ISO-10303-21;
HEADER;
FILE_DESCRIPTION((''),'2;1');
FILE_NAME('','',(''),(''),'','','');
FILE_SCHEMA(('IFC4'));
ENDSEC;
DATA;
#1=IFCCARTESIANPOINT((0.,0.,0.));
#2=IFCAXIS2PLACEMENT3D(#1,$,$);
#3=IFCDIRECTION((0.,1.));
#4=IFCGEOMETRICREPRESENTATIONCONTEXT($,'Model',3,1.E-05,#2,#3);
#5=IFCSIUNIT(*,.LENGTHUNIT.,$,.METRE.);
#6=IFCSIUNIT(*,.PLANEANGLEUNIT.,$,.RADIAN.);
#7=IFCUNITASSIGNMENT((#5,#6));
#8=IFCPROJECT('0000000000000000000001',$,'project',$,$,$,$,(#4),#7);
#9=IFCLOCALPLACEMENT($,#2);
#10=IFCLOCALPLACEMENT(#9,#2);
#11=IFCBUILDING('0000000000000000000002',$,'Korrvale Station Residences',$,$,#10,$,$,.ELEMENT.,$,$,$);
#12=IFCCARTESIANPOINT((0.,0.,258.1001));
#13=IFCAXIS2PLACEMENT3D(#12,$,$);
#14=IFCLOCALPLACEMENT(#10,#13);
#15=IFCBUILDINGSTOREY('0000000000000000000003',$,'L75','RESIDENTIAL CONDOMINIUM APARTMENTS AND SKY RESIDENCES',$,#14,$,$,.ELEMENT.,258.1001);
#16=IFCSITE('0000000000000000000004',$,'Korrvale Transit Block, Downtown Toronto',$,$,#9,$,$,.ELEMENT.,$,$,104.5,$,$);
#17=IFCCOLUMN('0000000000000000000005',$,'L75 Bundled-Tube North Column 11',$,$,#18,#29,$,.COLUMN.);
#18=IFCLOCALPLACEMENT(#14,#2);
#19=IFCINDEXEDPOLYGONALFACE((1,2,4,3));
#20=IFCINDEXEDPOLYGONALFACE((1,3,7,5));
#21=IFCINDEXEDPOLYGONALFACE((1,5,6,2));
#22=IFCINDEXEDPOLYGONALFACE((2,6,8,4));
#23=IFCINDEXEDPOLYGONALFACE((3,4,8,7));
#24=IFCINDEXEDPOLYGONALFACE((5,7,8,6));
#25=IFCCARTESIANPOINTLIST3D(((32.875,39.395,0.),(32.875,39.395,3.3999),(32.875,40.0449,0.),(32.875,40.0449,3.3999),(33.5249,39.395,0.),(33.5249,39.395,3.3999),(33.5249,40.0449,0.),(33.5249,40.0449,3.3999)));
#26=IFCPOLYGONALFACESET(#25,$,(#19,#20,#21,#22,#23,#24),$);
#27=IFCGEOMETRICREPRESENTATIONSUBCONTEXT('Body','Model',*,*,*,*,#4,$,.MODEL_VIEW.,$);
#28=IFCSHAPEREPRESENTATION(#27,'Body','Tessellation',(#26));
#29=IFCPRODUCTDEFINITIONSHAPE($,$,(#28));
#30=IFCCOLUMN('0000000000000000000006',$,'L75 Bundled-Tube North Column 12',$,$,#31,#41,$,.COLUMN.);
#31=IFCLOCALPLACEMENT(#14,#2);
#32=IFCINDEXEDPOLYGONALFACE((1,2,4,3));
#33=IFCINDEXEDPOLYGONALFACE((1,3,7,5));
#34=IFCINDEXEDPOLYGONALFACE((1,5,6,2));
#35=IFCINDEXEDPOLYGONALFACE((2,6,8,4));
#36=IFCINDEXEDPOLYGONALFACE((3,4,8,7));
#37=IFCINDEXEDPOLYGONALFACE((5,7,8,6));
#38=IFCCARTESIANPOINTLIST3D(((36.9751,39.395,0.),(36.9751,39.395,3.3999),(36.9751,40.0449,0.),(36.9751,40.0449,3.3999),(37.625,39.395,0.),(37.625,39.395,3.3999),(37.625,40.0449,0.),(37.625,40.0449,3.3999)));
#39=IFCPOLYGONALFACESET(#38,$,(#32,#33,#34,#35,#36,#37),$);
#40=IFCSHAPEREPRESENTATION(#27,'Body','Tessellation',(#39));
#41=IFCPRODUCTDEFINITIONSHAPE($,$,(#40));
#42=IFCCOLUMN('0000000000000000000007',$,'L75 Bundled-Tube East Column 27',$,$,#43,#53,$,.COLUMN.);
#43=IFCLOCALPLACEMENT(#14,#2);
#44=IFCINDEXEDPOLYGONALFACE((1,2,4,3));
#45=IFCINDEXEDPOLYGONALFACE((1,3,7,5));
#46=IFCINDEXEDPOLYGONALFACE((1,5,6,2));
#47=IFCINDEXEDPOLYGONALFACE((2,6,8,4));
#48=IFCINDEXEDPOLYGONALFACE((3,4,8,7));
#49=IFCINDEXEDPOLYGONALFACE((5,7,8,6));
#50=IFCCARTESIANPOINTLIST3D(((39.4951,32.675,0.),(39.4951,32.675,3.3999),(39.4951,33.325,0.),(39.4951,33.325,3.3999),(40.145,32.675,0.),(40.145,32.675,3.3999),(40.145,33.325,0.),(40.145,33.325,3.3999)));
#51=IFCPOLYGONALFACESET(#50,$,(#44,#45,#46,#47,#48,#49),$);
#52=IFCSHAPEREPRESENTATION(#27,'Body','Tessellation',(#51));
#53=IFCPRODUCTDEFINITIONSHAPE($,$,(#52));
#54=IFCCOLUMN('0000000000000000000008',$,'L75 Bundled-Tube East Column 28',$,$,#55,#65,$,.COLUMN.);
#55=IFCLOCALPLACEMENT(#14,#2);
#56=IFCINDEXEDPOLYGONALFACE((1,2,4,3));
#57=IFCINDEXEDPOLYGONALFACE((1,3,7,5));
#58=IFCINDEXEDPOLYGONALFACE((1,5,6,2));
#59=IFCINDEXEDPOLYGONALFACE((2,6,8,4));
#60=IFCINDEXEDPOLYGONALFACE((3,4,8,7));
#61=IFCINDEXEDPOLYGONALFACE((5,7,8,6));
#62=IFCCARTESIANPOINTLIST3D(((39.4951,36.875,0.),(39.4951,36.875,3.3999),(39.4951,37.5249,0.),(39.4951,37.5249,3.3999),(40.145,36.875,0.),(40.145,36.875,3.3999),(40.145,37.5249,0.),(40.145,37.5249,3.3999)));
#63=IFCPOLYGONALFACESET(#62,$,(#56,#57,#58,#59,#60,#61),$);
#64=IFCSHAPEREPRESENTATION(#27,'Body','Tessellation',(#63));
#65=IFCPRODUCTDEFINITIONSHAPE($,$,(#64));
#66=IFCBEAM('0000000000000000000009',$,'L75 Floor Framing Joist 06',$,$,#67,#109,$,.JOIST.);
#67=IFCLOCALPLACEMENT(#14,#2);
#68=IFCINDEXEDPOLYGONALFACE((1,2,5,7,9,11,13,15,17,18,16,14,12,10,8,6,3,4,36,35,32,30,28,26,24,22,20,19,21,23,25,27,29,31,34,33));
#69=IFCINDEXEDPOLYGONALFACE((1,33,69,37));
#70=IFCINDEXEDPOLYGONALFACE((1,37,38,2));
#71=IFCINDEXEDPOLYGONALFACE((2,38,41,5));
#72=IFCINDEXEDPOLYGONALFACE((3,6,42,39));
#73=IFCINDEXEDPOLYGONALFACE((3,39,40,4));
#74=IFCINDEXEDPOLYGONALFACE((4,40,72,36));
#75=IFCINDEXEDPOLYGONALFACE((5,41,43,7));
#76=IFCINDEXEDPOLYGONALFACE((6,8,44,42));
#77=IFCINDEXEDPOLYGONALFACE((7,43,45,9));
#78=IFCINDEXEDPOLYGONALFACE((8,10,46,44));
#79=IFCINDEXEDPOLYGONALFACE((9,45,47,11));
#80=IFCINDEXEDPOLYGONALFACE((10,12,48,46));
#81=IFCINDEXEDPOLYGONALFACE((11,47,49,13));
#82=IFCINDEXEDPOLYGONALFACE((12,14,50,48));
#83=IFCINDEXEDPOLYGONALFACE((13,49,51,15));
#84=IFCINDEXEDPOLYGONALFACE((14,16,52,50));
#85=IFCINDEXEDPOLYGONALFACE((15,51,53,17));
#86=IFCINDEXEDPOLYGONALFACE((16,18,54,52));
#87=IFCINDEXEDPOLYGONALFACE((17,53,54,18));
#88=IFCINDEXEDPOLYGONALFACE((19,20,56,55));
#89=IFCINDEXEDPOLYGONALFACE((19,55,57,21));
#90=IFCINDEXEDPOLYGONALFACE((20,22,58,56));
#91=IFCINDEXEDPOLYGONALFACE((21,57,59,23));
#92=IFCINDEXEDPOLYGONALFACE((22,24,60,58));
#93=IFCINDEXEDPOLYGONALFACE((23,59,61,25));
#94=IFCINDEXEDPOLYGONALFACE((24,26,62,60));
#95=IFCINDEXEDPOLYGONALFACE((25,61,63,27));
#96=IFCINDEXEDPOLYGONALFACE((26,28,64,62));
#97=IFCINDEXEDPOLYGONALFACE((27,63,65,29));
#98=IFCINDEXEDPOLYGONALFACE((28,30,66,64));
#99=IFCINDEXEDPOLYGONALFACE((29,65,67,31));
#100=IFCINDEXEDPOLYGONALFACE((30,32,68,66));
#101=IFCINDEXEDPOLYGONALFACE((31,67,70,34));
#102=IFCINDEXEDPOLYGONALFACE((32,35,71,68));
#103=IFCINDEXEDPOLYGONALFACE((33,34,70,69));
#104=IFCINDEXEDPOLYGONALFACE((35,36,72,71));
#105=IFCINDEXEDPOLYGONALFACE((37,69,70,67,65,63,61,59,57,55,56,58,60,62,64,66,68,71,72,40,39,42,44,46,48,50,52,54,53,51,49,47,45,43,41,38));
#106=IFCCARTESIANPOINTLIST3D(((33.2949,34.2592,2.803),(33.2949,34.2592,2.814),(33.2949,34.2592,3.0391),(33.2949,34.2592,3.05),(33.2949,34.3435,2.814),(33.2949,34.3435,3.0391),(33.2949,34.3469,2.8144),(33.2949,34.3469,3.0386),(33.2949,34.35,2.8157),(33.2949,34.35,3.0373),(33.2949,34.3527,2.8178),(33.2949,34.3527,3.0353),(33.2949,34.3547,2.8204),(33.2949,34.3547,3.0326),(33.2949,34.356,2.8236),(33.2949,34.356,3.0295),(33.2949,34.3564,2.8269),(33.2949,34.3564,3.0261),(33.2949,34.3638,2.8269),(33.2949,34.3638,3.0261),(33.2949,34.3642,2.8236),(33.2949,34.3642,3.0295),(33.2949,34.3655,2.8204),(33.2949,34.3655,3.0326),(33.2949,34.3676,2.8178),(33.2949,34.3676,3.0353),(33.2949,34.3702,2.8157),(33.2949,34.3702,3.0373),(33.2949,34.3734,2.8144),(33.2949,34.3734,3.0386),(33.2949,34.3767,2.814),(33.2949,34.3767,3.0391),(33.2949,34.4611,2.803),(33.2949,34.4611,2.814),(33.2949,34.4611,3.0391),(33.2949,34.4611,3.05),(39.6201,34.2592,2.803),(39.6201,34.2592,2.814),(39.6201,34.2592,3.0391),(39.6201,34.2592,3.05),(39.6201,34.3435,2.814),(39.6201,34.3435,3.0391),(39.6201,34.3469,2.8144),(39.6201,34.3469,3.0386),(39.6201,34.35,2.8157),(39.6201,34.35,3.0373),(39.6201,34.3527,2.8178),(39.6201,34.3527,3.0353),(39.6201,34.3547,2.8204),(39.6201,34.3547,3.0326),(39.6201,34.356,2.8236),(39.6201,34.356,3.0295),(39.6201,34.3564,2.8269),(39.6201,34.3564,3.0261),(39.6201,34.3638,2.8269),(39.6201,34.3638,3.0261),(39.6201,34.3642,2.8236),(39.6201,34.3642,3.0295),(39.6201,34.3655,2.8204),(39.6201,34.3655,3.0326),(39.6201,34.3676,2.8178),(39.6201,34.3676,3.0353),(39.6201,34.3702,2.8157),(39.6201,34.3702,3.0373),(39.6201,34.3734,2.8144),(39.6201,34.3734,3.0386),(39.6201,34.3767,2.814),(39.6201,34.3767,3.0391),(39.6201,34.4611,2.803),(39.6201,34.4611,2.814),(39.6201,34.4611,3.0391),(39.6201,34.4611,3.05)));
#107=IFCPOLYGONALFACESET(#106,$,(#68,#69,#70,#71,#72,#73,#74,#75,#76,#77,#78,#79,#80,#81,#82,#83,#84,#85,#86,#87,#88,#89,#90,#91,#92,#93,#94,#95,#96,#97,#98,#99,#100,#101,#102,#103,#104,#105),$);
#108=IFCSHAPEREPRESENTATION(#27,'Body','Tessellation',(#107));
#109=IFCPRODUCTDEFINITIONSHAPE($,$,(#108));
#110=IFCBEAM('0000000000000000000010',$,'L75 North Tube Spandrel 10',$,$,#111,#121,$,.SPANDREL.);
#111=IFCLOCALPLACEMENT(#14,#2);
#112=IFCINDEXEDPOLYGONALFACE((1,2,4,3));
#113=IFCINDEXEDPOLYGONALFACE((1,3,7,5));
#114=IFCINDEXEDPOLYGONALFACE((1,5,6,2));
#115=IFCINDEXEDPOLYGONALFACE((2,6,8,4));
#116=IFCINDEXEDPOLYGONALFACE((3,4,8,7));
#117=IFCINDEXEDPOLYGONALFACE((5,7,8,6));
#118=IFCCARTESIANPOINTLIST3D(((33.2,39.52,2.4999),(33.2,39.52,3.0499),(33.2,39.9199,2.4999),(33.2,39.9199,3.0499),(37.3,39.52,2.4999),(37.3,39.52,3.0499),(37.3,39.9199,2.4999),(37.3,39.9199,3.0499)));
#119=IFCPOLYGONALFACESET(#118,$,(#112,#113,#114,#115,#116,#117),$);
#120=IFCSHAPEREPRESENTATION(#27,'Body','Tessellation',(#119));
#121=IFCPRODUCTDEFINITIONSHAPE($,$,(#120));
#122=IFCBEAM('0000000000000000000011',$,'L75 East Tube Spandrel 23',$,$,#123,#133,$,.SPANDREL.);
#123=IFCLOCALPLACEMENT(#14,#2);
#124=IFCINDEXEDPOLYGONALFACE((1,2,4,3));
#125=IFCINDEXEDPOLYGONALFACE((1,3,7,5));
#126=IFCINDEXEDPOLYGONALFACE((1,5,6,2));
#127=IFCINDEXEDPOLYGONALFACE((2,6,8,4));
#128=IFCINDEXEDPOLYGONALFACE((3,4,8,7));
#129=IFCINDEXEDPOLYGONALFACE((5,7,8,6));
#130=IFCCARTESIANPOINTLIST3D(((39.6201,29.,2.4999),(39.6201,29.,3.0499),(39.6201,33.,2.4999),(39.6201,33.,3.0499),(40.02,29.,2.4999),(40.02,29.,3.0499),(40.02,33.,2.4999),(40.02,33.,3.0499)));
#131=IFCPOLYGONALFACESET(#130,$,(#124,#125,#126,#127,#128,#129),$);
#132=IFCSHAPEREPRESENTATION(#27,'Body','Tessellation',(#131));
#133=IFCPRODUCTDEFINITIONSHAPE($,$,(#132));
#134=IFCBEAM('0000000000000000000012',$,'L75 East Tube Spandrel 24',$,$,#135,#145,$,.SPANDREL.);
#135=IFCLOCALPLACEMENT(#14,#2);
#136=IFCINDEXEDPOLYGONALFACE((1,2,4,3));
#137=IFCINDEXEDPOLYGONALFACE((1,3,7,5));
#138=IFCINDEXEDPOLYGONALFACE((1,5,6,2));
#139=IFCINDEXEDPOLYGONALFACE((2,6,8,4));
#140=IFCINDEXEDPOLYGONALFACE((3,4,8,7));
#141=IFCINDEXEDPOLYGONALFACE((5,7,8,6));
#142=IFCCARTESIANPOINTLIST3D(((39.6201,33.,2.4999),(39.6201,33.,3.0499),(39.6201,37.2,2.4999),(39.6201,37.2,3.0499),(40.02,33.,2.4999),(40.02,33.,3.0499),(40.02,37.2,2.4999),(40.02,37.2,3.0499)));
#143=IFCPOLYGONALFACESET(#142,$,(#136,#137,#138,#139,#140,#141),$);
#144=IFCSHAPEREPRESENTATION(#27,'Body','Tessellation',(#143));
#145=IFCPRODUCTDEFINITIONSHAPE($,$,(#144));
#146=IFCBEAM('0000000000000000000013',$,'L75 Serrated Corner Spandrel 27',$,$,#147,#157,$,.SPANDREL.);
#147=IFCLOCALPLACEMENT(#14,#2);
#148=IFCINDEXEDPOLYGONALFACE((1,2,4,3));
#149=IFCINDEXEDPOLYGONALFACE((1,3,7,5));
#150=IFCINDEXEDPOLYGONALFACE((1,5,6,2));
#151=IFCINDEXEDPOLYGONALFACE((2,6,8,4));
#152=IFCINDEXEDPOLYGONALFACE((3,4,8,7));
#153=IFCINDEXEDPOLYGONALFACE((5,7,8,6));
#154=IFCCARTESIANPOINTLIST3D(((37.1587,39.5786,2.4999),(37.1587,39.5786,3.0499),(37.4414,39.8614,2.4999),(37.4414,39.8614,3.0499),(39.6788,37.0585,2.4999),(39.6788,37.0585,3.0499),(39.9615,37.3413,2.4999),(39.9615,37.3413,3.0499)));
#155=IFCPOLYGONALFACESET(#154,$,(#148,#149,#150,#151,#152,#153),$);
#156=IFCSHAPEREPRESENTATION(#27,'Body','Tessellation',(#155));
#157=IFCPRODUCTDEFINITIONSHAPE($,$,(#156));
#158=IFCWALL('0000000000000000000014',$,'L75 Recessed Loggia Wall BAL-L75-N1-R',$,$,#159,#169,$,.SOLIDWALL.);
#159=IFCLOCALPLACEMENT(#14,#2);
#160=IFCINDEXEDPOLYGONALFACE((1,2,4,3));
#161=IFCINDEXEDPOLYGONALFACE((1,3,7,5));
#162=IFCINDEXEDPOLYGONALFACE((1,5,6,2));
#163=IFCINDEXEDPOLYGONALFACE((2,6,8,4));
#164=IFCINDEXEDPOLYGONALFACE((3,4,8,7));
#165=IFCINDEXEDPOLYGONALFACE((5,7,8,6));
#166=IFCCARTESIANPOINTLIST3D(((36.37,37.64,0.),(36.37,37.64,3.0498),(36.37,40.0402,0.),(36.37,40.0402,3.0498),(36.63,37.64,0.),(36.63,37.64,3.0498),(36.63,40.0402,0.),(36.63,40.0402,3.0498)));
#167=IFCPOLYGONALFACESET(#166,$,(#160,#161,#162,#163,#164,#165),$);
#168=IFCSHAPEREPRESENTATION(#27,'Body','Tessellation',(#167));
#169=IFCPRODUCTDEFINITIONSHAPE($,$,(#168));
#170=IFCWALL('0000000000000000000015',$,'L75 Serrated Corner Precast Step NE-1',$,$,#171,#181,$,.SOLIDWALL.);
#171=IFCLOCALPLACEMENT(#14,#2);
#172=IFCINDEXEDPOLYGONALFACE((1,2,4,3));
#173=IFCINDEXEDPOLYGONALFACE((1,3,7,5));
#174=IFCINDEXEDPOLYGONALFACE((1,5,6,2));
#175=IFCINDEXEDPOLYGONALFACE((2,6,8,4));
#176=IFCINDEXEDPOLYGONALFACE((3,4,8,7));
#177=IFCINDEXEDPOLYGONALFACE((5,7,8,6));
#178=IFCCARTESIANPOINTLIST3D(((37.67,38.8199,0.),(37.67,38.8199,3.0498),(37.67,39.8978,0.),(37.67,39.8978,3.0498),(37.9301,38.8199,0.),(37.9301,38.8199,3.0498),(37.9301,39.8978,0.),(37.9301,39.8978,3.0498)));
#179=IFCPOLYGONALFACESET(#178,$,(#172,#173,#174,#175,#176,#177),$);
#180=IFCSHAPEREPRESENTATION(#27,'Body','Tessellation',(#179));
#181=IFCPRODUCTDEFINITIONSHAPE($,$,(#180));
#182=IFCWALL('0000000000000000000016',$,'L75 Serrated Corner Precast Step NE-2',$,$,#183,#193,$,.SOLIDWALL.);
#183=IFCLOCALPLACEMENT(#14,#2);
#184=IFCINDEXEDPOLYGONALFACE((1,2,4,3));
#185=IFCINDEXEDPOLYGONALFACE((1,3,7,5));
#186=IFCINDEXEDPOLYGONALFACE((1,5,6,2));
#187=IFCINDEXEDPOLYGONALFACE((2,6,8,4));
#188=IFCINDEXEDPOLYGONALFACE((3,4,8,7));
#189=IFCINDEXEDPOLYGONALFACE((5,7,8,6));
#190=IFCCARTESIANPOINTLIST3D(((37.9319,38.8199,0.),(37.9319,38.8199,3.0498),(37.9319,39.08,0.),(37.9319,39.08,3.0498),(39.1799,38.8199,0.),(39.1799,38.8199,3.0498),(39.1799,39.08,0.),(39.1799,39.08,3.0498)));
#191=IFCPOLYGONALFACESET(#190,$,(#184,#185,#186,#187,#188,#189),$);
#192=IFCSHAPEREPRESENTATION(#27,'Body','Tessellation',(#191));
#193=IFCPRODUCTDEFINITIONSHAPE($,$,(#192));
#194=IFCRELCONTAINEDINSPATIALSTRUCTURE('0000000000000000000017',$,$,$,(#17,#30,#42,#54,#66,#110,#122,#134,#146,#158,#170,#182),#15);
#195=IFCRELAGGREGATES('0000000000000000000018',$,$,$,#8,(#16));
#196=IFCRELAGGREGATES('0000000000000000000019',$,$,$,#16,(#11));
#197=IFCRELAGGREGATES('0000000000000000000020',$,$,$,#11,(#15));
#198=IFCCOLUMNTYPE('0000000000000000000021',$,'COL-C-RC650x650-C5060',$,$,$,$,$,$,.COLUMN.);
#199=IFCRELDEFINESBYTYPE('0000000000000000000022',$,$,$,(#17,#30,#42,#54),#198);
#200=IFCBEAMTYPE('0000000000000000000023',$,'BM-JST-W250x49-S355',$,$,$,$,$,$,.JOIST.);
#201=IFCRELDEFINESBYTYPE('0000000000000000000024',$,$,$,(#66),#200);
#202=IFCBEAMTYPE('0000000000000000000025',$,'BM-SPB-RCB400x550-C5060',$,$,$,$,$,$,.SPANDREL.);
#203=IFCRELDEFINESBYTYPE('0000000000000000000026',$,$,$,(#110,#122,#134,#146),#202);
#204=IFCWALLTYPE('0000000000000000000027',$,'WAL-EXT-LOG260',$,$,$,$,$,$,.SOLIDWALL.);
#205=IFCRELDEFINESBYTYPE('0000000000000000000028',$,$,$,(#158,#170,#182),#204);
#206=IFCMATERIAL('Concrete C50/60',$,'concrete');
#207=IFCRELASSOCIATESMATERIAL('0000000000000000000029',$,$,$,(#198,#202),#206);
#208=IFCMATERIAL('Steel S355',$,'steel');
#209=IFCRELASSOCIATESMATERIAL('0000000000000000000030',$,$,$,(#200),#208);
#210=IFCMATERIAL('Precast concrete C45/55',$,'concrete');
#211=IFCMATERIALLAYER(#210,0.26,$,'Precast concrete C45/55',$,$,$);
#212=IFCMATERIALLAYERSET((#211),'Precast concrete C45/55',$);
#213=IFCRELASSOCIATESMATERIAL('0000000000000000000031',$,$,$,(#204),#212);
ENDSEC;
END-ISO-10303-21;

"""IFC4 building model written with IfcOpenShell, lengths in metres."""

from ifc_helpers import new_model, si_unit, direction, frame, frame_2d, origin, origin_2d, place, context, subcontext, project, spatial, rectangle, i_section, extrude, material, layer, layer_set, material_profile, profile_set, type_object, element, save


model = new_model("IFC4")

# Units and contexts
model_context = context("Model", 3, precision=1e-05, world=origin(), true_north=direction((0.0, 1.0)))
body_context = subcontext(model_context, "Body", "Model", "MODEL_VIEW")
ifc_project = project(units=[si_unit("LENGTHUNIT", "METRE"), si_unit("PLANEANGLEUNIT", "RADIAN")], contexts=[model_context])

# Site, building, storey
site_placement = place(None, origin())
site = spatial("IfcSite", under=ifc_project, at=site_placement, Name="Korrvale Transit Block, Downtown Toronto", CompositionType="ELEMENT", RefElevation=104.5)
building_placement = place(site_placement, origin())
building = spatial("IfcBuilding", under=site, at=building_placement, Name="Korrvale Station Residences", CompositionType="ELEMENT")
storey_placement = place(building_placement, frame((0.0, 0.0, 258.1001)))
storey = spatial("IfcBuildingStorey", under=building, at=storey_placement, Name="L75", Description="RESIDENTIAL CONDOMINIUM APARTMENTS AND SKY RESIDENCES", CompositionType="ELEMENT", Elevation=258.1001)

# Columns
ifc_material_1 = material(Name="Concrete C50/60", Category="concrete")
ifc_material_profile_1 = material_profile(ifc_material_1, rectangle(XDim=0.6499, YDim=0.6499, at=origin_2d()), Name="RC650x650")
ifc_profile_set_1 = profile_set([ifc_material_profile_1], Name="Concrete C50/60")
column_type = type_object("IfcColumnType", Name="COL-C-RC650x650-C5060", PredefinedType="COLUMN", material=ifc_profile_set_1)
for number, where, z_axis, x_axis, name in (
    (1, (33.2, 39.72, 0.0), (0.0, 0.0, 1.0), (1.0, 0.0, 0.0), "L75 Bundled-Tube North Column 11"),
    (2, (37.3, 39.72, 0.0), (0.0, 0.0, 1.0), (1.0, 0.0, 0.0), "L75 Bundled-Tube North Column 12"),
    (3, (39.8201, 33.0, 0.0), (0.0, 0.0, 1.0), (1.0, 0.0, 0.0), "L75 Bundled-Tube East Column 27"),
    (4, (39.8201, 37.2, 0.0), (0.0, 0.0, 1.0), (1.0, 0.0, 0.0), "L75 Bundled-Tube East Column 28"),
):
    element("IfcColumn", number, at=place(storey_placement, frame(where, z_axis=z_axis, x_axis=x_axis)), inside=storey, type_object=column_type, Name=name, PredefinedType="COLUMN", context=body_context, shape_type="SweptSolid", body=[
        extrude(rectangle(XDim=0.6499, YDim=0.6499, at=origin_2d()), origin(), (0.0, 0.0, 1.0), 3.3999),
    ])

# Beams
ifc_material_2 = material(Name="Steel S355", Category="steel")
ifc_material_profile_2 = material_profile(ifc_material_2, i_section(OverallWidth=0.2019, OverallDepth=0.2471, WebThickness=0.0073, FlangeThickness=0.011, FilletRadius=0.0129, at=origin_2d()), Name="W250x49")
ifc_profile_set_2 = profile_set([ifc_material_profile_2], Name="Steel S355")
beam_type_1 = type_object("IfcBeamType", Name="BM-JST-W250x49-S355", PredefinedType="JOIST", material=ifc_profile_set_2)
beam_1_placement = place(storey_placement, frame((33.2949, 34.3601, 2.9265), z_axis=(1.0, 0.0, 0.0), x_axis=(0.0, 1.0, 0.0)))
element("IfcBeam", 5, at=beam_1_placement, inside=storey, type_object=beam_type_1, Name="L75 Floor Framing Joist 06", PredefinedType="JOIST", context=body_context, shape_type="SweptSolid", body=[
    extrude(i_section(OverallWidth=0.2019, OverallDepth=0.2471, WebThickness=0.0073, FlangeThickness=0.011, FilletRadius=0.0129, at=origin_2d()), origin(), (0.0, 0.0, 1.0), 6.3252),
])
ifc_material_profile_3 = material_profile(ifc_material_1, rectangle(XDim=0.3999, YDim=0.55, at=origin_2d()), Name="RCB400x550")
ifc_profile_set_3 = profile_set([ifc_material_profile_3], Name="Concrete C50/60")
beam_type_2 = type_object("IfcBeamType", Name="BM-SPB-RCB400x550-C5060", PredefinedType="SPANDREL", material=ifc_profile_set_3)
beam_2_placement = place(storey_placement, frame((33.2, 39.72, 2.7749), z_axis=(1.0, 0.0, 0.0), x_axis=(0.0, 1.0, 0.0)))
element("IfcBeam", 6, at=beam_2_placement, inside=storey, type_object=beam_type_2, Name="L75 North Tube Spandrel 10", PredefinedType="SPANDREL", context=body_context, shape_type="SweptSolid", body=[
    extrude(rectangle(XDim=0.3999, YDim=0.55, at=origin_2d()), origin(), (0.0, 0.0, 1.0), 4.1001),
])
beam_3_placement = place(storey_placement, frame((39.8201, 29.0, 2.7749), z_axis=(0.0, 1.0, 0.0), x_axis=(-1.0, 0.0, 0.0)))
element("IfcBeam", 7, at=beam_3_placement, inside=storey, type_object=beam_type_2, Name="L75 East Tube Spandrel 23", PredefinedType="SPANDREL", context=body_context, shape_type="SweptSolid", body=[
    extrude(rectangle(XDim=0.3999, YDim=0.55, at=origin_2d()), origin(), (0.0, 0.0, 1.0), 4.0),
])
beam_4_placement = place(storey_placement, frame((39.8201, 33.0, 2.7749), z_axis=(0.0, 1.0, 0.0), x_axis=(-1.0, 0.0, 0.0)))
element("IfcBeam", 8, at=beam_4_placement, inside=storey, type_object=beam_type_2, Name="L75 East Tube Spandrel 24", PredefinedType="SPANDREL", context=body_context, shape_type="SweptSolid", body=[
    extrude(rectangle(XDim=0.3999, YDim=0.55, at=origin_2d()), origin(), (0.0, 0.0, 1.0), 4.2),
])
beam_5_placement = place(storey_placement, frame((37.3, 39.72, 2.7749), z_axis=(0.707107, -0.707107, 0.0), x_axis=(0.707107, 0.707107, 0.0)))
element("IfcBeam", 9, at=beam_5_placement, inside=storey, type_object=beam_type_2, Name="L75 Serrated Corner Spandrel 27", PredefinedType="SPANDREL", context=body_context, shape_type="SweptSolid", body=[
    extrude(rectangle(XDim=0.3999, YDim=0.55, at=origin_2d()), origin(), (0.0, 0.0, 1.0), 3.564),
])

# Walls
ifc_material_3 = material(Name="Precast concrete C45/55", Category="concrete")
ifc_layer_1 = layer(ifc_material_3, 0.26, Name="Precast concrete C45/55")
ifc_layer_set_1 = layer_set([ifc_layer_1], Name="Precast concrete C45/55")
wall_type_1 = type_object("IfcWallType", Name="WAL-EXT-LOG260", PredefinedType="SOLIDWALL", material=ifc_layer_set_1)
wall_1_placement = place(storey_placement, frame((36.5, 37.6399, 0.0), z_axis=(0.0, 0.0, 1.0), x_axis=(0.0, 1.0, 0.0)))
element("IfcWall", 10, at=wall_1_placement, inside=storey, type_object=wall_type_1, Name="L75 Recessed Loggia Wall BAL-L75-N1-R", PredefinedType="SOLIDWALL", context=body_context, shape_type="SweptSolid", body=[
    extrude(rectangle(XDim=2.4001, YDim=0.26, at=frame_2d((1.2002, 0.0))), origin(), (0.0, 0.0, 1.0), 3.0498),
])
wall_2_placement = place(storey_placement, frame((37.8, 39.8979, 0.0), z_axis=(0.0, 0.0, 1.0), x_axis=(0.0, -1.0, 0.0)))
element("IfcWall", 11, at=wall_2_placement, inside=storey, type_object=wall_type_1, Name="L75 Serrated Corner Precast Step NE-1", PredefinedType="SOLIDWALL", context=body_context, shape_type="SweptSolid", body=[
    extrude(rectangle(XDim=1.0779, YDim=0.26, at=frame_2d((0.5391, 0.0))), origin(), (0.0, 0.0, 1.0), 3.0498),
])
wall_3_placement = place(storey_placement, frame((37.9319, 38.95, 0.0), z_axis=(0.0, 0.0, 1.0), x_axis=(1.0, 0.0, 0.0)))
element("IfcWall", 12, at=wall_3_placement, inside=storey, type_object=wall_type_1, Name="L75 Serrated Corner Precast Step NE-2", PredefinedType="SOLIDWALL", context=body_context, shape_type="SweptSolid", body=[
    extrude(rectangle(XDim=1.248, YDim=0.26, at=frame_2d((0.624, 0.0))), origin(), (0.0, 0.0, 1.0), 3.0498),
])

save(model, "model.ifc")
